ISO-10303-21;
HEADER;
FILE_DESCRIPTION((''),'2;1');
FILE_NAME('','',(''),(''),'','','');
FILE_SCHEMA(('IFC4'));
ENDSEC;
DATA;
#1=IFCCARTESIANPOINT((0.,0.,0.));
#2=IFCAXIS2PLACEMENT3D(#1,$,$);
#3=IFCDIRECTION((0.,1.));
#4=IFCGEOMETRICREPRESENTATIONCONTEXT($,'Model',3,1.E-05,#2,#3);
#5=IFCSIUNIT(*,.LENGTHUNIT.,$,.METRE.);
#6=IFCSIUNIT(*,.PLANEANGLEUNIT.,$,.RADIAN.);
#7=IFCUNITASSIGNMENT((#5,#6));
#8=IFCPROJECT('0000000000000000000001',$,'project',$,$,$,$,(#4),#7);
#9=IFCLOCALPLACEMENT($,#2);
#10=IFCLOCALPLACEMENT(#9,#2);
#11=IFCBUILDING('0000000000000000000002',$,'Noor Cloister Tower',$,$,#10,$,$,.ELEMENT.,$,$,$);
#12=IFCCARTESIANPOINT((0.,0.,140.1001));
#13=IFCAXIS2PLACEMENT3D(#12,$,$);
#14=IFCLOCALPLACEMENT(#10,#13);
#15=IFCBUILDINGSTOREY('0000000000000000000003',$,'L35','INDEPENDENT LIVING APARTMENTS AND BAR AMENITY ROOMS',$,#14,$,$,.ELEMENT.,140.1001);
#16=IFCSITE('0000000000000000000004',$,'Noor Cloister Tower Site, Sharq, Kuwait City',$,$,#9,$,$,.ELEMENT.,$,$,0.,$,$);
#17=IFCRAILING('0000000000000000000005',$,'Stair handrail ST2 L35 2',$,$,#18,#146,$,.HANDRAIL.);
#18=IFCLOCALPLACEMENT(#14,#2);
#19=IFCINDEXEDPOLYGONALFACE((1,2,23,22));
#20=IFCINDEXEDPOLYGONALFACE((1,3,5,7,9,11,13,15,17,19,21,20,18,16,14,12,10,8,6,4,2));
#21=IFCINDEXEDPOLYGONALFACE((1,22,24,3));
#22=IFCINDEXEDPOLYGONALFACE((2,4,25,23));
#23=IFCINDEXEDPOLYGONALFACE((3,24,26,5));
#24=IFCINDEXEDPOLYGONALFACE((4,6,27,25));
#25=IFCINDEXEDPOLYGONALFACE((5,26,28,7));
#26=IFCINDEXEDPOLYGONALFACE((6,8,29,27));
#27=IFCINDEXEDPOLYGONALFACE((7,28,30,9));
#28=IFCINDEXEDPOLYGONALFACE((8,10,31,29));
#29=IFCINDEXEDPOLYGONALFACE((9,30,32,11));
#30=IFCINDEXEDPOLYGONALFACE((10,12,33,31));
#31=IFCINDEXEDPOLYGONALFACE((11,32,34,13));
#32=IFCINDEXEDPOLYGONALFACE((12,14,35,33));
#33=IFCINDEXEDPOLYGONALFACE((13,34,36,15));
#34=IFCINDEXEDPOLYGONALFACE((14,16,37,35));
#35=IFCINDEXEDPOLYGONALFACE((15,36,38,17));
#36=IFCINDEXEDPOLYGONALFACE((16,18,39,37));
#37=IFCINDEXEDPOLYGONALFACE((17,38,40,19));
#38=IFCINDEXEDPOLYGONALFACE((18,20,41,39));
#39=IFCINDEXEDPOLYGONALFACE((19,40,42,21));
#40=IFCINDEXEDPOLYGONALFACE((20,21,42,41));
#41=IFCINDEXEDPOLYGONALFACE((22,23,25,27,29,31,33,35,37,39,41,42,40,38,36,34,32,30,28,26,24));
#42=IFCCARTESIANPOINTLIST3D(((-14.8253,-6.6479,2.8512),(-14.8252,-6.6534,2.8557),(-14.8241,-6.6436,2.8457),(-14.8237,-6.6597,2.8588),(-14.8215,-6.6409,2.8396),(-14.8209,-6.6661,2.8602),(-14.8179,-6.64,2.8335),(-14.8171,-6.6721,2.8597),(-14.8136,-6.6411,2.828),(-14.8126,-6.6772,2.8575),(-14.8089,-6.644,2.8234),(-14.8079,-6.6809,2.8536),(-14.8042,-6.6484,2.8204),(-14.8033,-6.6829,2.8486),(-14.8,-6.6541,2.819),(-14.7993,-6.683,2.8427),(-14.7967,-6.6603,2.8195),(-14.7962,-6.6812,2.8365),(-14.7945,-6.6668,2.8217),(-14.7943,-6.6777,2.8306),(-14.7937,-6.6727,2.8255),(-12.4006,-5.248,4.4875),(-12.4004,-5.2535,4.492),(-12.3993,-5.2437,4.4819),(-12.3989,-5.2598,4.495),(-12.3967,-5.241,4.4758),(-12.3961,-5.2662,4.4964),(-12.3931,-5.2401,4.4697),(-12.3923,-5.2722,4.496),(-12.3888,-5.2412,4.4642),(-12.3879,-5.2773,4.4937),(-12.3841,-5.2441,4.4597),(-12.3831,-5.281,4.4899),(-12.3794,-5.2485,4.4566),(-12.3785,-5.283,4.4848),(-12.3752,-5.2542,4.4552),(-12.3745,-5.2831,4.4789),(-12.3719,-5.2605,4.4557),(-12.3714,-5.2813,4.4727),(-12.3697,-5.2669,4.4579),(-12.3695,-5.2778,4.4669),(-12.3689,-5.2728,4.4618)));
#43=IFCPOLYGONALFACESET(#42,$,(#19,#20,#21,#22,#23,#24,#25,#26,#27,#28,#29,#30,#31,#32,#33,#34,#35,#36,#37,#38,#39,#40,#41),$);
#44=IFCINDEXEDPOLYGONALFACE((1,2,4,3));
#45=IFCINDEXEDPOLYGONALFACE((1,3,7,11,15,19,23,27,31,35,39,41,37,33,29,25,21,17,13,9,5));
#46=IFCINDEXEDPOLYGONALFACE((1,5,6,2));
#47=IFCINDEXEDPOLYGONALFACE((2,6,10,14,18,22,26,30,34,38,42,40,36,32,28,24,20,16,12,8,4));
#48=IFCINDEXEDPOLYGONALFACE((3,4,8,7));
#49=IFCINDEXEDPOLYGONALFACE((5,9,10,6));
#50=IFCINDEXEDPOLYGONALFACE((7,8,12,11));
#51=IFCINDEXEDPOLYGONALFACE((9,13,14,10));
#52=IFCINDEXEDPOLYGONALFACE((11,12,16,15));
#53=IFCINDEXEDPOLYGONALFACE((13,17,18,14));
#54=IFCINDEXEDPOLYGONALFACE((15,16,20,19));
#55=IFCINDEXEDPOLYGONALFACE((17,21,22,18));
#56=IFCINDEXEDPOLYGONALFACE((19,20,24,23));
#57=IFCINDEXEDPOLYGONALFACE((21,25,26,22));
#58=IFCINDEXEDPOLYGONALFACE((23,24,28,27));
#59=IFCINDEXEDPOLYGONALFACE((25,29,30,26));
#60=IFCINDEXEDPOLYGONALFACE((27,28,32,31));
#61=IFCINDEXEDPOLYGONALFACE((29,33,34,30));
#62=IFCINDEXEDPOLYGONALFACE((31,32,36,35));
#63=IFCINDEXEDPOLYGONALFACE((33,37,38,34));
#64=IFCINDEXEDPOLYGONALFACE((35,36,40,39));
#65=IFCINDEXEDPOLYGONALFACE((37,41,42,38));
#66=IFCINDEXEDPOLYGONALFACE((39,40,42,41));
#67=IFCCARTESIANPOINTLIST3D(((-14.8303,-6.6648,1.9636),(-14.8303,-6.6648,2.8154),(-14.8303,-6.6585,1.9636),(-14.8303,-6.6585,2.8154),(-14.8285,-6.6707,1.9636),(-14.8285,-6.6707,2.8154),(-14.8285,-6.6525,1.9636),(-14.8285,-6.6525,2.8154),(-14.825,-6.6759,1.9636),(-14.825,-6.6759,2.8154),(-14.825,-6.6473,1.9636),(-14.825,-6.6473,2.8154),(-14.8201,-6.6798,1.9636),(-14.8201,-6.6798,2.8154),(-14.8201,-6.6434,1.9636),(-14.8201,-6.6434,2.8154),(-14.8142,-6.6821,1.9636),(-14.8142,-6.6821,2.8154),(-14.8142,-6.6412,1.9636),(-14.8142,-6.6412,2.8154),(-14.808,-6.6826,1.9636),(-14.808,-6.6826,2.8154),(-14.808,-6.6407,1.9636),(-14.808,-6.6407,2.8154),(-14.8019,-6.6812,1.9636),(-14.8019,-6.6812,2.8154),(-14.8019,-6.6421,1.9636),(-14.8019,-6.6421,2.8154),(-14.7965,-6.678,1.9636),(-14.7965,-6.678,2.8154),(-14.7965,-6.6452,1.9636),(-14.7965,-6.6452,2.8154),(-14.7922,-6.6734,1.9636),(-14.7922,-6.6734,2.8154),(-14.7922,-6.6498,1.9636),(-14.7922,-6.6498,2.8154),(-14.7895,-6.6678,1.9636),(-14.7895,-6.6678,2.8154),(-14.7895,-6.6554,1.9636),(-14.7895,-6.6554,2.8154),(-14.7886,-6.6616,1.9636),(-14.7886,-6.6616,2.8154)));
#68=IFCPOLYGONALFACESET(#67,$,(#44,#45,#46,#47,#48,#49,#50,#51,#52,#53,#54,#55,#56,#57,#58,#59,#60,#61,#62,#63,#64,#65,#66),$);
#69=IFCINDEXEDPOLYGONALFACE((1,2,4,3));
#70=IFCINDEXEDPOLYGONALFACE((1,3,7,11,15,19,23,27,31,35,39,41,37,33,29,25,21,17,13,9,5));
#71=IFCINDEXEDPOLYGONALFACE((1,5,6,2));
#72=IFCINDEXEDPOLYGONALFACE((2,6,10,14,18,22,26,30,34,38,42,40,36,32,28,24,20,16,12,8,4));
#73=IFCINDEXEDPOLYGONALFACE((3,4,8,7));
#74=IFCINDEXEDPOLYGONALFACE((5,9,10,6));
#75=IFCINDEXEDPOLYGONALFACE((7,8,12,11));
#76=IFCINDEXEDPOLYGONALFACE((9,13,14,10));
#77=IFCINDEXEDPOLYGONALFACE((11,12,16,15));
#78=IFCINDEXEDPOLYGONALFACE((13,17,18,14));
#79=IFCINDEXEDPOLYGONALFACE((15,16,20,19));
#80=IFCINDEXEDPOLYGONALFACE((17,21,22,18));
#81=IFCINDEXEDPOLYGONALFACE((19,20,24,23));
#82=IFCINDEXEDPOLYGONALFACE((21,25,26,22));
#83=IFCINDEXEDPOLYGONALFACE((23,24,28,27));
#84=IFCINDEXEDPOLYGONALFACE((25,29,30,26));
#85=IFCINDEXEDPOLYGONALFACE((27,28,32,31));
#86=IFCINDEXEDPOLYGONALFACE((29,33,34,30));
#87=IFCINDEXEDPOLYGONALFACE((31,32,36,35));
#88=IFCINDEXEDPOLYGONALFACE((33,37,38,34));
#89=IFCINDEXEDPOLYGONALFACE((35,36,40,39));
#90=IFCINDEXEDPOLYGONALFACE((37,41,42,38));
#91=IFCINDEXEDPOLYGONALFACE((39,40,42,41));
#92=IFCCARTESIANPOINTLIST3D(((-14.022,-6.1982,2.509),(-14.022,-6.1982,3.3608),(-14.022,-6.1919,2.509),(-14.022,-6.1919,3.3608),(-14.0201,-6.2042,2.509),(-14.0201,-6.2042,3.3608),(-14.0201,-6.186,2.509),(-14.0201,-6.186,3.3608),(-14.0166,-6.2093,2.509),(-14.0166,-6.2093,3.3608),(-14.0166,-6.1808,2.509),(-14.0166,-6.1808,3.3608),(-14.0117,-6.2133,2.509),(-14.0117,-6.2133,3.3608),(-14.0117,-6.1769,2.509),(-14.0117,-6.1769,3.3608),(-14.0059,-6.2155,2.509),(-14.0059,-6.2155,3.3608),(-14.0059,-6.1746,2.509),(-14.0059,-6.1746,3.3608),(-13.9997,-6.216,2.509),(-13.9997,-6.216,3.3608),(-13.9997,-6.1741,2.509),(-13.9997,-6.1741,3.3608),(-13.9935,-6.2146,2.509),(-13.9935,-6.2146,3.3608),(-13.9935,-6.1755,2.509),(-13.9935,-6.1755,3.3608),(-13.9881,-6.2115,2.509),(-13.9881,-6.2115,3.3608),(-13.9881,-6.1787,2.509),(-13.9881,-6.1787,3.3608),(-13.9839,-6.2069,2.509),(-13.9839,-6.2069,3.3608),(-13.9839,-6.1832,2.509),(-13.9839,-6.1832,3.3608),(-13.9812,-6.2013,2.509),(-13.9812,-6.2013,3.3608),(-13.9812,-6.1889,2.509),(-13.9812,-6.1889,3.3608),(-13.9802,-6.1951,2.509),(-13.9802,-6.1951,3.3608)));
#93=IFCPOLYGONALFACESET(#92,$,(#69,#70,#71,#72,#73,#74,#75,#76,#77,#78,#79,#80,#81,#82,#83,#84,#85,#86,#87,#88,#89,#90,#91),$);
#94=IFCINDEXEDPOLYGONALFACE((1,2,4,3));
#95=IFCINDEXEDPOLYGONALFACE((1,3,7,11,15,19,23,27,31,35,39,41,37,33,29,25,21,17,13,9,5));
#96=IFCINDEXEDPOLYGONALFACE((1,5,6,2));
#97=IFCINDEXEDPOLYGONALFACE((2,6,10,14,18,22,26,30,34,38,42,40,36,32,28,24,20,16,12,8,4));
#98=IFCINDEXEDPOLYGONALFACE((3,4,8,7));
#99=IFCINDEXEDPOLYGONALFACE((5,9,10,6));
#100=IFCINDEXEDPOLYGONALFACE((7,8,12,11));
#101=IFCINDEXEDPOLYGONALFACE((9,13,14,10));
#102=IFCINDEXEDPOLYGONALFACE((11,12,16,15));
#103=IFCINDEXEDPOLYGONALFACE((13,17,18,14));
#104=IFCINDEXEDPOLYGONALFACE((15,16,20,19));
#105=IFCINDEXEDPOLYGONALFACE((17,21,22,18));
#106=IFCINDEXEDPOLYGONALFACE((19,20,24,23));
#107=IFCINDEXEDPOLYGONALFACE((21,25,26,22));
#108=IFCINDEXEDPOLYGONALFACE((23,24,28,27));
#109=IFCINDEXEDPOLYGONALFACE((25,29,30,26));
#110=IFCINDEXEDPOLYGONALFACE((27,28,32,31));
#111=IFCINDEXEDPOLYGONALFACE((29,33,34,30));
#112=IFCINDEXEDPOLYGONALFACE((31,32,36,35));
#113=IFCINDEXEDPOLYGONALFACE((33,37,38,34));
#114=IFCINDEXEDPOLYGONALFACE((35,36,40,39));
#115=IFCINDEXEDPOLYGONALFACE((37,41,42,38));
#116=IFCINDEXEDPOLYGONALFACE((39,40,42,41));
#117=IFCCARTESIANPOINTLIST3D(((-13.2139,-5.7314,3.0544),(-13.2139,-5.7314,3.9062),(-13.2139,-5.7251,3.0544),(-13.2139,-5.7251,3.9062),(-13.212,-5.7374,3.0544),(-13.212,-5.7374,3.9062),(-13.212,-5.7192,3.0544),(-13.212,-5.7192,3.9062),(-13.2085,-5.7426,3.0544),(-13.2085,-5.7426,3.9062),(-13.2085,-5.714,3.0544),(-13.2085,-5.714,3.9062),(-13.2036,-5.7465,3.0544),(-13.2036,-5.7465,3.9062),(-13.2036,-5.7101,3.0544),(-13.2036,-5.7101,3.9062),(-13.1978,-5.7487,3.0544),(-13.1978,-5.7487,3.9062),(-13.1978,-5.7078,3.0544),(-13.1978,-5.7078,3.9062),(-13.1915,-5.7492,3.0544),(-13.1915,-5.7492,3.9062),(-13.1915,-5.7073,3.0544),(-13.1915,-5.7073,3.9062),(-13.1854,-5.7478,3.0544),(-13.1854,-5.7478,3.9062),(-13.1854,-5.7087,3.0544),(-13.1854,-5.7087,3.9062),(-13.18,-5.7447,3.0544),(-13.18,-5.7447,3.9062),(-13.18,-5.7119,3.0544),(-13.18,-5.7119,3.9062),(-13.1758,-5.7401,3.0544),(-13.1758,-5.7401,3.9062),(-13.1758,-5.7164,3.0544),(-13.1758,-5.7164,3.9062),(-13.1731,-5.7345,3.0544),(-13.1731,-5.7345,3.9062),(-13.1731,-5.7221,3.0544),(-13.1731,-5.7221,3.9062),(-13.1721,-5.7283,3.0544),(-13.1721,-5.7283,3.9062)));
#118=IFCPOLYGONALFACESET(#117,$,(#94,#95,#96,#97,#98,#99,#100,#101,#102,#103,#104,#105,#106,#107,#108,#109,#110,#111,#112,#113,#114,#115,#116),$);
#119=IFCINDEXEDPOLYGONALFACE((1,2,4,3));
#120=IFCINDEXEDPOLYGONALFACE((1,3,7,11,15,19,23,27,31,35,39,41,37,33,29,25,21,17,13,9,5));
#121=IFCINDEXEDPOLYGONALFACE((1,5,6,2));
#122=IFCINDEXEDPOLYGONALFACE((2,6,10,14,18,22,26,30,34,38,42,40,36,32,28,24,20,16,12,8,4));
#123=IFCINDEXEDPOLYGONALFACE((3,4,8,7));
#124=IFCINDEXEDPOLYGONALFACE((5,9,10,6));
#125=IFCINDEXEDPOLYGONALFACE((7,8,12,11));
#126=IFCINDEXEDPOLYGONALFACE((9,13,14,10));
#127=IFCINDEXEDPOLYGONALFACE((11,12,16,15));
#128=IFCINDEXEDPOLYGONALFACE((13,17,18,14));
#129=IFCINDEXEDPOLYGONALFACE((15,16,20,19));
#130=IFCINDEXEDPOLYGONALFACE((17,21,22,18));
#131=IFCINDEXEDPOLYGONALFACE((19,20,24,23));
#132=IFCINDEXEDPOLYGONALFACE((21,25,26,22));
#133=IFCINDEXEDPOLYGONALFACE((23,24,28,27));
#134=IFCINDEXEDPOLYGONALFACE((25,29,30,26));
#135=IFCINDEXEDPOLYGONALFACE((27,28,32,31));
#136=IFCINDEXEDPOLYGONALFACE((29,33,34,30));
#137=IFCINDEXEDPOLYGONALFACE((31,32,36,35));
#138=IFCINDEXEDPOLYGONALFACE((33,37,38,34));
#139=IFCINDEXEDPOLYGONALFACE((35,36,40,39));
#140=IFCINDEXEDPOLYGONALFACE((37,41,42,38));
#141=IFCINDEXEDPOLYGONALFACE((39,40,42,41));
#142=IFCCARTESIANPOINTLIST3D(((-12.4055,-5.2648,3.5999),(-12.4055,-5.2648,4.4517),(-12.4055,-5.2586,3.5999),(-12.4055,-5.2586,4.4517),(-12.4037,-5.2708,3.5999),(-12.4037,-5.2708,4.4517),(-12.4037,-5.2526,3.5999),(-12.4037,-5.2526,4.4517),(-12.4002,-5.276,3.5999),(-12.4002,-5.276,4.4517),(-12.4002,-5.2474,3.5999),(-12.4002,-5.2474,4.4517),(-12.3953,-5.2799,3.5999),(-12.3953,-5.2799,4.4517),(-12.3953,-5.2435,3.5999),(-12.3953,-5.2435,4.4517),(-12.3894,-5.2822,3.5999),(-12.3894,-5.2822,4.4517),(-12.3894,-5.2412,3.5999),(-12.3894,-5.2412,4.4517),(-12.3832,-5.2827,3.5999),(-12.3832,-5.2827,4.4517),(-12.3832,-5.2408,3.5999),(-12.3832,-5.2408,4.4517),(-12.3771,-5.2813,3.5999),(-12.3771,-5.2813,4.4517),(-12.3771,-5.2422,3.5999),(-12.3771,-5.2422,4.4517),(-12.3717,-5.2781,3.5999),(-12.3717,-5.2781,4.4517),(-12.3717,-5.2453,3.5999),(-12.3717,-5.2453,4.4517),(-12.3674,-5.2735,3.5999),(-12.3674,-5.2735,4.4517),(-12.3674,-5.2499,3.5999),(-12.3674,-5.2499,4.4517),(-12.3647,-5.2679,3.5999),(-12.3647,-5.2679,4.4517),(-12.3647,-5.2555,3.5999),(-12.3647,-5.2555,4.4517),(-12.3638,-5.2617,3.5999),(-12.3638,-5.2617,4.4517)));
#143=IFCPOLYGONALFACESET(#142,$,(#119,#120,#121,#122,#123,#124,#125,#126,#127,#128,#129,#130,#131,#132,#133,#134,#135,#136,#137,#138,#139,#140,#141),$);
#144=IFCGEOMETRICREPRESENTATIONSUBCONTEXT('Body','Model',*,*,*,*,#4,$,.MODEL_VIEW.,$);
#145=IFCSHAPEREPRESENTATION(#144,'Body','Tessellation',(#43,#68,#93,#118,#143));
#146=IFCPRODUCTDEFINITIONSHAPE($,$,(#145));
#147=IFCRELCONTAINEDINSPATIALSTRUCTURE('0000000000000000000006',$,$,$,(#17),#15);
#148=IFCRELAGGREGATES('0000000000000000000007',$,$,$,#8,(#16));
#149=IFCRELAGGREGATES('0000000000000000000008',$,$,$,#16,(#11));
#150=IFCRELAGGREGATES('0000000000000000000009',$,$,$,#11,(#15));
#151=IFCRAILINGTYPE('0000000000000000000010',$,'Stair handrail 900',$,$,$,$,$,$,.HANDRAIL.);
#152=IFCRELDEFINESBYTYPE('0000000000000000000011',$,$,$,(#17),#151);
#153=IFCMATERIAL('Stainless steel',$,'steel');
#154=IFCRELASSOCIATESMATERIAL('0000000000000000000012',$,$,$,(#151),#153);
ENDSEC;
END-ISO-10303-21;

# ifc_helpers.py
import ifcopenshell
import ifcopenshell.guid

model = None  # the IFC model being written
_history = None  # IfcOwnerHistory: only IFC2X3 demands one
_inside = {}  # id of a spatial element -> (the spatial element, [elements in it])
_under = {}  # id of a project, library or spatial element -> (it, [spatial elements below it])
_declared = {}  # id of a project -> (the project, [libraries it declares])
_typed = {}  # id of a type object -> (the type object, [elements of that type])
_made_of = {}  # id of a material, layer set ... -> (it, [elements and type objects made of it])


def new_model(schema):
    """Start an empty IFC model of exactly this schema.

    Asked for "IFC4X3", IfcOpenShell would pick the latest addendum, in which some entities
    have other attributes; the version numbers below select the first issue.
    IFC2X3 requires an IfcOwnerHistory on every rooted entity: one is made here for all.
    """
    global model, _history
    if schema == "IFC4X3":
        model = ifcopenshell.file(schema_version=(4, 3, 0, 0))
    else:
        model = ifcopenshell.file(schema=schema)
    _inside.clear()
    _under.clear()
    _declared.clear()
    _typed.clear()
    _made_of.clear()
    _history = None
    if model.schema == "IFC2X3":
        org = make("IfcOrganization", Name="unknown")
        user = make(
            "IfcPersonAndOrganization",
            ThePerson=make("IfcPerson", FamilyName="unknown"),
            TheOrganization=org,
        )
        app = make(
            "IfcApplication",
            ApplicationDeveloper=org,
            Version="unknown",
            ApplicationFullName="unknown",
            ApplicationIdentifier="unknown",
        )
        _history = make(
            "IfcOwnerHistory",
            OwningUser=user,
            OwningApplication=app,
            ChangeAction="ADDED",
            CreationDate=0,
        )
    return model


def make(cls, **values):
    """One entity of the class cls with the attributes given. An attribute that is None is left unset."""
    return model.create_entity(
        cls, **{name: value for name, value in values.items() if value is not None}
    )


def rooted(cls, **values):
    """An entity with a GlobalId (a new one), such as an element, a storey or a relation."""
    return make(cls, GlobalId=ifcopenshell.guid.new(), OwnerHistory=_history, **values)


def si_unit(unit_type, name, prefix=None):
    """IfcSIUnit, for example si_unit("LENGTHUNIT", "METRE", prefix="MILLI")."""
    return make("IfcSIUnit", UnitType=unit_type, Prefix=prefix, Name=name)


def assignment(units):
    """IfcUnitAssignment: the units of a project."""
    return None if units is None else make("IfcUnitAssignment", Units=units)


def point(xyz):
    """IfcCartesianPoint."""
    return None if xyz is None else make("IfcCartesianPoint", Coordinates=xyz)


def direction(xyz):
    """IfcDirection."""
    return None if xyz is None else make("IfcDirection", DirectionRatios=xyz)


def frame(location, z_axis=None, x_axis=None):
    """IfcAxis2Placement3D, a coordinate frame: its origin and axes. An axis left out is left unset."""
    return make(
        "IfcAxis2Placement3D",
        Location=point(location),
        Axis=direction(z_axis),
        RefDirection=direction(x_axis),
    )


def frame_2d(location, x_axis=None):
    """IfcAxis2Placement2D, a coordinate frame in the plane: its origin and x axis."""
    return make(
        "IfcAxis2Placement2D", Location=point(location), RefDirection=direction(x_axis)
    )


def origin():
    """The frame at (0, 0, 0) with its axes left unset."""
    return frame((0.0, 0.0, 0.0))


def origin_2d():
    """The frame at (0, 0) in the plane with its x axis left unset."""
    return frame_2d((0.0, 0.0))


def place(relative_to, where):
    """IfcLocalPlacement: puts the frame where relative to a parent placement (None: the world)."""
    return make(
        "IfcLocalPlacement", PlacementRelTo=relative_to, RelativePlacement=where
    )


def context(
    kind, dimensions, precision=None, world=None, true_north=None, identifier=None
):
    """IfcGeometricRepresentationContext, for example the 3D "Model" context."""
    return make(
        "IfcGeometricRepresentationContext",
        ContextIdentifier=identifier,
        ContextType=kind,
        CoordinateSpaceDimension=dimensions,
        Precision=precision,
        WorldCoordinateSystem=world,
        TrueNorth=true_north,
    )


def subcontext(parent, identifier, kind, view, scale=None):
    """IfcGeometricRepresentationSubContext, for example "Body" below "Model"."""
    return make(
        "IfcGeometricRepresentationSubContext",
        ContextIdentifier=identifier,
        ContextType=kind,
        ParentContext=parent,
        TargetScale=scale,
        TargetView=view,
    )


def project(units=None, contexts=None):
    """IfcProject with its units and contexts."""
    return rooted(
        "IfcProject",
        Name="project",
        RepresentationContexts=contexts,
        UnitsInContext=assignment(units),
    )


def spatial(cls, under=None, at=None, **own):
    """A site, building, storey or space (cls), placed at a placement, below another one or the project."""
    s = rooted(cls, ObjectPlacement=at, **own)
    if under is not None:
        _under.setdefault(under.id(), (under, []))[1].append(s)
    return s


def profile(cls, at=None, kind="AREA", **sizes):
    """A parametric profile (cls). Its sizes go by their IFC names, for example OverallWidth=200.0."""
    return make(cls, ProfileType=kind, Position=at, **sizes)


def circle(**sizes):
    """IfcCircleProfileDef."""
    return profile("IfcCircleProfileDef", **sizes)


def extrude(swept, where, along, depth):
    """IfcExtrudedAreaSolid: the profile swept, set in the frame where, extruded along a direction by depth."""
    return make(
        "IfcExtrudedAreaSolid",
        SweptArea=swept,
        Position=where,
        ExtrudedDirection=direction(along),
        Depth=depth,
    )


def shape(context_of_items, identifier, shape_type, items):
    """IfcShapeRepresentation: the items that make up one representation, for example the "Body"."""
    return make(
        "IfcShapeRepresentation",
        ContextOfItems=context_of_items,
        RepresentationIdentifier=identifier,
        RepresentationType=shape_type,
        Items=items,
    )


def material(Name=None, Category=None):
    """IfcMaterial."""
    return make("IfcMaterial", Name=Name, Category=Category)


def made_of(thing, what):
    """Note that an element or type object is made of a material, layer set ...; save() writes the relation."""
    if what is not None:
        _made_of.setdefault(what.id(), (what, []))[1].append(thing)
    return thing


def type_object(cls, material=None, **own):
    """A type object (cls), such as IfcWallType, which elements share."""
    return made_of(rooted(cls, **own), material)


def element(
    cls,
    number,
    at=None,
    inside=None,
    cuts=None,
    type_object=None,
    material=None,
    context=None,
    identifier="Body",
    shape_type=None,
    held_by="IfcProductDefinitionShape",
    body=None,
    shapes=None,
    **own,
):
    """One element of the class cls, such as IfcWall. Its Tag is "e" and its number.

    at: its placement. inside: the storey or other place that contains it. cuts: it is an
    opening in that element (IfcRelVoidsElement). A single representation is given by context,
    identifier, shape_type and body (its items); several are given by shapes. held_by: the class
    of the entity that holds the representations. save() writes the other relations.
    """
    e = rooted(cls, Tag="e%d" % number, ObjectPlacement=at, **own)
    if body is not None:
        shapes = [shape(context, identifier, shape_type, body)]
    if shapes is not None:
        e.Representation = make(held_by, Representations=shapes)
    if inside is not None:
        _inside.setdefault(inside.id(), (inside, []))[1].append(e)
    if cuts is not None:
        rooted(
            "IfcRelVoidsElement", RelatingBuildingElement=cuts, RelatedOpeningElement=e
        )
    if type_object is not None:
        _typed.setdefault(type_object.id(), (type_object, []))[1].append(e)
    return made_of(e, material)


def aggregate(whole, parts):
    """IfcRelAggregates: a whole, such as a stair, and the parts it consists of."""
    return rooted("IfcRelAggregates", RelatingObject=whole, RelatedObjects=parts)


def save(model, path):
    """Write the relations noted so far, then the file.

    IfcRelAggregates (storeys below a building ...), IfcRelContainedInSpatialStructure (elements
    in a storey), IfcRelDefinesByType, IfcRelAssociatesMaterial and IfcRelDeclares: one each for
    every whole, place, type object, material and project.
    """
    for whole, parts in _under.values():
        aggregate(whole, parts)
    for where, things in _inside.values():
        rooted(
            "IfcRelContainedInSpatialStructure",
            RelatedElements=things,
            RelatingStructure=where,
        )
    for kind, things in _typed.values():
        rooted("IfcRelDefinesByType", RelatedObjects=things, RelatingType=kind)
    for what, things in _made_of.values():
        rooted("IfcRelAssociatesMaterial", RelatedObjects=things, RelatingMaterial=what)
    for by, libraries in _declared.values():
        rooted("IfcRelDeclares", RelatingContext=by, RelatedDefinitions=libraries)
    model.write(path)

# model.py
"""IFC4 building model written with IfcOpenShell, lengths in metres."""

from ifc_helpers import new_model, si_unit, direction, frame, origin, origin_2d, place, context, subcontext, project, spatial, circle, extrude, material, type_object, element, save


model = new_model("IFC4")

# Units and contexts
model_context = context("Model", 3, precision=1e-05, world=origin(), true_north=direction((0.0, 1.0)))
body_context = subcontext(model_context, "Body", "Model", "MODEL_VIEW")
ifc_project = project(units=[si_unit("LENGTHUNIT", "METRE"), si_unit("PLANEANGLEUNIT", "RADIAN")], contexts=[model_context])

# Site, building, storey
site_placement = place(None, origin())
site = spatial("IfcSite", under=ifc_project, at=site_placement, Name="Noor Cloister Tower Site, Sharq, Kuwait City", CompositionType="ELEMENT", RefElevation=0.0)
building_placement = place(site_placement, origin())
building = spatial("IfcBuilding", under=site, at=building_placement, Name="Noor Cloister Tower", CompositionType="ELEMENT")
storey_placement = place(building_placement, frame((0.0, 0.0, 140.1001)))
storey = spatial("IfcBuildingStorey", under=building, at=storey_placement, Name="L35", Description="INDEPENDENT LIVING APARTMENTS AND BAR AMENITY ROOMS", CompositionType="ELEMENT", Elevation=140.1001)

# Railing
ifc_material_1 = material(Name="Stainless steel", Category="steel")
railing_type_1 = type_object("IfcRailingType", Name="Stair handrail 900", PredefinedType="HANDRAIL", material=ifc_material_1)
railing_1_placement = place(storey_placement, frame((-14.8096, -6.6616, 1.9636)))
element("IfcRailing", 1, at=railing_1_placement, inside=storey, type_object=railing_type_1, Name="Stair handrail ST2 L35 2", PredefinedType="HANDRAIL", context=body_context, shape_type="SweptSolid", body=[
    extrude(circle(Radius=0.0239, at=origin_2d()), frame((0.0, 0.0, 0.876), z_axis=(0.747718, 0.431677, 0.504552), x_axis=(-0.499984, 0.866035, 0.0)), (0.0, 0.0, 1.0), 3.2429),
    extrude(circle(Radius=0.021, at=origin_2d()), origin(), (0.0, 0.0, 1.0), 0.8518),
    extrude(circle(Radius=0.021, at=origin_2d()), frame((0.8083, 0.4666, 0.5454)), (0.0, 0.0, 1.0), 0.8518),
    extrude(circle(Radius=0.021, at=origin_2d()), frame((1.6165, 0.9333, 1.0908)), (0.0, 0.0, 1.0), 0.8518),
    extrude(circle(Radius=0.021, at=origin_2d()), frame((2.4248, 1.3999, 1.6362)), (0.0, 0.0, 1.0), 0.8518),
])

save(model, "model.ifc")
